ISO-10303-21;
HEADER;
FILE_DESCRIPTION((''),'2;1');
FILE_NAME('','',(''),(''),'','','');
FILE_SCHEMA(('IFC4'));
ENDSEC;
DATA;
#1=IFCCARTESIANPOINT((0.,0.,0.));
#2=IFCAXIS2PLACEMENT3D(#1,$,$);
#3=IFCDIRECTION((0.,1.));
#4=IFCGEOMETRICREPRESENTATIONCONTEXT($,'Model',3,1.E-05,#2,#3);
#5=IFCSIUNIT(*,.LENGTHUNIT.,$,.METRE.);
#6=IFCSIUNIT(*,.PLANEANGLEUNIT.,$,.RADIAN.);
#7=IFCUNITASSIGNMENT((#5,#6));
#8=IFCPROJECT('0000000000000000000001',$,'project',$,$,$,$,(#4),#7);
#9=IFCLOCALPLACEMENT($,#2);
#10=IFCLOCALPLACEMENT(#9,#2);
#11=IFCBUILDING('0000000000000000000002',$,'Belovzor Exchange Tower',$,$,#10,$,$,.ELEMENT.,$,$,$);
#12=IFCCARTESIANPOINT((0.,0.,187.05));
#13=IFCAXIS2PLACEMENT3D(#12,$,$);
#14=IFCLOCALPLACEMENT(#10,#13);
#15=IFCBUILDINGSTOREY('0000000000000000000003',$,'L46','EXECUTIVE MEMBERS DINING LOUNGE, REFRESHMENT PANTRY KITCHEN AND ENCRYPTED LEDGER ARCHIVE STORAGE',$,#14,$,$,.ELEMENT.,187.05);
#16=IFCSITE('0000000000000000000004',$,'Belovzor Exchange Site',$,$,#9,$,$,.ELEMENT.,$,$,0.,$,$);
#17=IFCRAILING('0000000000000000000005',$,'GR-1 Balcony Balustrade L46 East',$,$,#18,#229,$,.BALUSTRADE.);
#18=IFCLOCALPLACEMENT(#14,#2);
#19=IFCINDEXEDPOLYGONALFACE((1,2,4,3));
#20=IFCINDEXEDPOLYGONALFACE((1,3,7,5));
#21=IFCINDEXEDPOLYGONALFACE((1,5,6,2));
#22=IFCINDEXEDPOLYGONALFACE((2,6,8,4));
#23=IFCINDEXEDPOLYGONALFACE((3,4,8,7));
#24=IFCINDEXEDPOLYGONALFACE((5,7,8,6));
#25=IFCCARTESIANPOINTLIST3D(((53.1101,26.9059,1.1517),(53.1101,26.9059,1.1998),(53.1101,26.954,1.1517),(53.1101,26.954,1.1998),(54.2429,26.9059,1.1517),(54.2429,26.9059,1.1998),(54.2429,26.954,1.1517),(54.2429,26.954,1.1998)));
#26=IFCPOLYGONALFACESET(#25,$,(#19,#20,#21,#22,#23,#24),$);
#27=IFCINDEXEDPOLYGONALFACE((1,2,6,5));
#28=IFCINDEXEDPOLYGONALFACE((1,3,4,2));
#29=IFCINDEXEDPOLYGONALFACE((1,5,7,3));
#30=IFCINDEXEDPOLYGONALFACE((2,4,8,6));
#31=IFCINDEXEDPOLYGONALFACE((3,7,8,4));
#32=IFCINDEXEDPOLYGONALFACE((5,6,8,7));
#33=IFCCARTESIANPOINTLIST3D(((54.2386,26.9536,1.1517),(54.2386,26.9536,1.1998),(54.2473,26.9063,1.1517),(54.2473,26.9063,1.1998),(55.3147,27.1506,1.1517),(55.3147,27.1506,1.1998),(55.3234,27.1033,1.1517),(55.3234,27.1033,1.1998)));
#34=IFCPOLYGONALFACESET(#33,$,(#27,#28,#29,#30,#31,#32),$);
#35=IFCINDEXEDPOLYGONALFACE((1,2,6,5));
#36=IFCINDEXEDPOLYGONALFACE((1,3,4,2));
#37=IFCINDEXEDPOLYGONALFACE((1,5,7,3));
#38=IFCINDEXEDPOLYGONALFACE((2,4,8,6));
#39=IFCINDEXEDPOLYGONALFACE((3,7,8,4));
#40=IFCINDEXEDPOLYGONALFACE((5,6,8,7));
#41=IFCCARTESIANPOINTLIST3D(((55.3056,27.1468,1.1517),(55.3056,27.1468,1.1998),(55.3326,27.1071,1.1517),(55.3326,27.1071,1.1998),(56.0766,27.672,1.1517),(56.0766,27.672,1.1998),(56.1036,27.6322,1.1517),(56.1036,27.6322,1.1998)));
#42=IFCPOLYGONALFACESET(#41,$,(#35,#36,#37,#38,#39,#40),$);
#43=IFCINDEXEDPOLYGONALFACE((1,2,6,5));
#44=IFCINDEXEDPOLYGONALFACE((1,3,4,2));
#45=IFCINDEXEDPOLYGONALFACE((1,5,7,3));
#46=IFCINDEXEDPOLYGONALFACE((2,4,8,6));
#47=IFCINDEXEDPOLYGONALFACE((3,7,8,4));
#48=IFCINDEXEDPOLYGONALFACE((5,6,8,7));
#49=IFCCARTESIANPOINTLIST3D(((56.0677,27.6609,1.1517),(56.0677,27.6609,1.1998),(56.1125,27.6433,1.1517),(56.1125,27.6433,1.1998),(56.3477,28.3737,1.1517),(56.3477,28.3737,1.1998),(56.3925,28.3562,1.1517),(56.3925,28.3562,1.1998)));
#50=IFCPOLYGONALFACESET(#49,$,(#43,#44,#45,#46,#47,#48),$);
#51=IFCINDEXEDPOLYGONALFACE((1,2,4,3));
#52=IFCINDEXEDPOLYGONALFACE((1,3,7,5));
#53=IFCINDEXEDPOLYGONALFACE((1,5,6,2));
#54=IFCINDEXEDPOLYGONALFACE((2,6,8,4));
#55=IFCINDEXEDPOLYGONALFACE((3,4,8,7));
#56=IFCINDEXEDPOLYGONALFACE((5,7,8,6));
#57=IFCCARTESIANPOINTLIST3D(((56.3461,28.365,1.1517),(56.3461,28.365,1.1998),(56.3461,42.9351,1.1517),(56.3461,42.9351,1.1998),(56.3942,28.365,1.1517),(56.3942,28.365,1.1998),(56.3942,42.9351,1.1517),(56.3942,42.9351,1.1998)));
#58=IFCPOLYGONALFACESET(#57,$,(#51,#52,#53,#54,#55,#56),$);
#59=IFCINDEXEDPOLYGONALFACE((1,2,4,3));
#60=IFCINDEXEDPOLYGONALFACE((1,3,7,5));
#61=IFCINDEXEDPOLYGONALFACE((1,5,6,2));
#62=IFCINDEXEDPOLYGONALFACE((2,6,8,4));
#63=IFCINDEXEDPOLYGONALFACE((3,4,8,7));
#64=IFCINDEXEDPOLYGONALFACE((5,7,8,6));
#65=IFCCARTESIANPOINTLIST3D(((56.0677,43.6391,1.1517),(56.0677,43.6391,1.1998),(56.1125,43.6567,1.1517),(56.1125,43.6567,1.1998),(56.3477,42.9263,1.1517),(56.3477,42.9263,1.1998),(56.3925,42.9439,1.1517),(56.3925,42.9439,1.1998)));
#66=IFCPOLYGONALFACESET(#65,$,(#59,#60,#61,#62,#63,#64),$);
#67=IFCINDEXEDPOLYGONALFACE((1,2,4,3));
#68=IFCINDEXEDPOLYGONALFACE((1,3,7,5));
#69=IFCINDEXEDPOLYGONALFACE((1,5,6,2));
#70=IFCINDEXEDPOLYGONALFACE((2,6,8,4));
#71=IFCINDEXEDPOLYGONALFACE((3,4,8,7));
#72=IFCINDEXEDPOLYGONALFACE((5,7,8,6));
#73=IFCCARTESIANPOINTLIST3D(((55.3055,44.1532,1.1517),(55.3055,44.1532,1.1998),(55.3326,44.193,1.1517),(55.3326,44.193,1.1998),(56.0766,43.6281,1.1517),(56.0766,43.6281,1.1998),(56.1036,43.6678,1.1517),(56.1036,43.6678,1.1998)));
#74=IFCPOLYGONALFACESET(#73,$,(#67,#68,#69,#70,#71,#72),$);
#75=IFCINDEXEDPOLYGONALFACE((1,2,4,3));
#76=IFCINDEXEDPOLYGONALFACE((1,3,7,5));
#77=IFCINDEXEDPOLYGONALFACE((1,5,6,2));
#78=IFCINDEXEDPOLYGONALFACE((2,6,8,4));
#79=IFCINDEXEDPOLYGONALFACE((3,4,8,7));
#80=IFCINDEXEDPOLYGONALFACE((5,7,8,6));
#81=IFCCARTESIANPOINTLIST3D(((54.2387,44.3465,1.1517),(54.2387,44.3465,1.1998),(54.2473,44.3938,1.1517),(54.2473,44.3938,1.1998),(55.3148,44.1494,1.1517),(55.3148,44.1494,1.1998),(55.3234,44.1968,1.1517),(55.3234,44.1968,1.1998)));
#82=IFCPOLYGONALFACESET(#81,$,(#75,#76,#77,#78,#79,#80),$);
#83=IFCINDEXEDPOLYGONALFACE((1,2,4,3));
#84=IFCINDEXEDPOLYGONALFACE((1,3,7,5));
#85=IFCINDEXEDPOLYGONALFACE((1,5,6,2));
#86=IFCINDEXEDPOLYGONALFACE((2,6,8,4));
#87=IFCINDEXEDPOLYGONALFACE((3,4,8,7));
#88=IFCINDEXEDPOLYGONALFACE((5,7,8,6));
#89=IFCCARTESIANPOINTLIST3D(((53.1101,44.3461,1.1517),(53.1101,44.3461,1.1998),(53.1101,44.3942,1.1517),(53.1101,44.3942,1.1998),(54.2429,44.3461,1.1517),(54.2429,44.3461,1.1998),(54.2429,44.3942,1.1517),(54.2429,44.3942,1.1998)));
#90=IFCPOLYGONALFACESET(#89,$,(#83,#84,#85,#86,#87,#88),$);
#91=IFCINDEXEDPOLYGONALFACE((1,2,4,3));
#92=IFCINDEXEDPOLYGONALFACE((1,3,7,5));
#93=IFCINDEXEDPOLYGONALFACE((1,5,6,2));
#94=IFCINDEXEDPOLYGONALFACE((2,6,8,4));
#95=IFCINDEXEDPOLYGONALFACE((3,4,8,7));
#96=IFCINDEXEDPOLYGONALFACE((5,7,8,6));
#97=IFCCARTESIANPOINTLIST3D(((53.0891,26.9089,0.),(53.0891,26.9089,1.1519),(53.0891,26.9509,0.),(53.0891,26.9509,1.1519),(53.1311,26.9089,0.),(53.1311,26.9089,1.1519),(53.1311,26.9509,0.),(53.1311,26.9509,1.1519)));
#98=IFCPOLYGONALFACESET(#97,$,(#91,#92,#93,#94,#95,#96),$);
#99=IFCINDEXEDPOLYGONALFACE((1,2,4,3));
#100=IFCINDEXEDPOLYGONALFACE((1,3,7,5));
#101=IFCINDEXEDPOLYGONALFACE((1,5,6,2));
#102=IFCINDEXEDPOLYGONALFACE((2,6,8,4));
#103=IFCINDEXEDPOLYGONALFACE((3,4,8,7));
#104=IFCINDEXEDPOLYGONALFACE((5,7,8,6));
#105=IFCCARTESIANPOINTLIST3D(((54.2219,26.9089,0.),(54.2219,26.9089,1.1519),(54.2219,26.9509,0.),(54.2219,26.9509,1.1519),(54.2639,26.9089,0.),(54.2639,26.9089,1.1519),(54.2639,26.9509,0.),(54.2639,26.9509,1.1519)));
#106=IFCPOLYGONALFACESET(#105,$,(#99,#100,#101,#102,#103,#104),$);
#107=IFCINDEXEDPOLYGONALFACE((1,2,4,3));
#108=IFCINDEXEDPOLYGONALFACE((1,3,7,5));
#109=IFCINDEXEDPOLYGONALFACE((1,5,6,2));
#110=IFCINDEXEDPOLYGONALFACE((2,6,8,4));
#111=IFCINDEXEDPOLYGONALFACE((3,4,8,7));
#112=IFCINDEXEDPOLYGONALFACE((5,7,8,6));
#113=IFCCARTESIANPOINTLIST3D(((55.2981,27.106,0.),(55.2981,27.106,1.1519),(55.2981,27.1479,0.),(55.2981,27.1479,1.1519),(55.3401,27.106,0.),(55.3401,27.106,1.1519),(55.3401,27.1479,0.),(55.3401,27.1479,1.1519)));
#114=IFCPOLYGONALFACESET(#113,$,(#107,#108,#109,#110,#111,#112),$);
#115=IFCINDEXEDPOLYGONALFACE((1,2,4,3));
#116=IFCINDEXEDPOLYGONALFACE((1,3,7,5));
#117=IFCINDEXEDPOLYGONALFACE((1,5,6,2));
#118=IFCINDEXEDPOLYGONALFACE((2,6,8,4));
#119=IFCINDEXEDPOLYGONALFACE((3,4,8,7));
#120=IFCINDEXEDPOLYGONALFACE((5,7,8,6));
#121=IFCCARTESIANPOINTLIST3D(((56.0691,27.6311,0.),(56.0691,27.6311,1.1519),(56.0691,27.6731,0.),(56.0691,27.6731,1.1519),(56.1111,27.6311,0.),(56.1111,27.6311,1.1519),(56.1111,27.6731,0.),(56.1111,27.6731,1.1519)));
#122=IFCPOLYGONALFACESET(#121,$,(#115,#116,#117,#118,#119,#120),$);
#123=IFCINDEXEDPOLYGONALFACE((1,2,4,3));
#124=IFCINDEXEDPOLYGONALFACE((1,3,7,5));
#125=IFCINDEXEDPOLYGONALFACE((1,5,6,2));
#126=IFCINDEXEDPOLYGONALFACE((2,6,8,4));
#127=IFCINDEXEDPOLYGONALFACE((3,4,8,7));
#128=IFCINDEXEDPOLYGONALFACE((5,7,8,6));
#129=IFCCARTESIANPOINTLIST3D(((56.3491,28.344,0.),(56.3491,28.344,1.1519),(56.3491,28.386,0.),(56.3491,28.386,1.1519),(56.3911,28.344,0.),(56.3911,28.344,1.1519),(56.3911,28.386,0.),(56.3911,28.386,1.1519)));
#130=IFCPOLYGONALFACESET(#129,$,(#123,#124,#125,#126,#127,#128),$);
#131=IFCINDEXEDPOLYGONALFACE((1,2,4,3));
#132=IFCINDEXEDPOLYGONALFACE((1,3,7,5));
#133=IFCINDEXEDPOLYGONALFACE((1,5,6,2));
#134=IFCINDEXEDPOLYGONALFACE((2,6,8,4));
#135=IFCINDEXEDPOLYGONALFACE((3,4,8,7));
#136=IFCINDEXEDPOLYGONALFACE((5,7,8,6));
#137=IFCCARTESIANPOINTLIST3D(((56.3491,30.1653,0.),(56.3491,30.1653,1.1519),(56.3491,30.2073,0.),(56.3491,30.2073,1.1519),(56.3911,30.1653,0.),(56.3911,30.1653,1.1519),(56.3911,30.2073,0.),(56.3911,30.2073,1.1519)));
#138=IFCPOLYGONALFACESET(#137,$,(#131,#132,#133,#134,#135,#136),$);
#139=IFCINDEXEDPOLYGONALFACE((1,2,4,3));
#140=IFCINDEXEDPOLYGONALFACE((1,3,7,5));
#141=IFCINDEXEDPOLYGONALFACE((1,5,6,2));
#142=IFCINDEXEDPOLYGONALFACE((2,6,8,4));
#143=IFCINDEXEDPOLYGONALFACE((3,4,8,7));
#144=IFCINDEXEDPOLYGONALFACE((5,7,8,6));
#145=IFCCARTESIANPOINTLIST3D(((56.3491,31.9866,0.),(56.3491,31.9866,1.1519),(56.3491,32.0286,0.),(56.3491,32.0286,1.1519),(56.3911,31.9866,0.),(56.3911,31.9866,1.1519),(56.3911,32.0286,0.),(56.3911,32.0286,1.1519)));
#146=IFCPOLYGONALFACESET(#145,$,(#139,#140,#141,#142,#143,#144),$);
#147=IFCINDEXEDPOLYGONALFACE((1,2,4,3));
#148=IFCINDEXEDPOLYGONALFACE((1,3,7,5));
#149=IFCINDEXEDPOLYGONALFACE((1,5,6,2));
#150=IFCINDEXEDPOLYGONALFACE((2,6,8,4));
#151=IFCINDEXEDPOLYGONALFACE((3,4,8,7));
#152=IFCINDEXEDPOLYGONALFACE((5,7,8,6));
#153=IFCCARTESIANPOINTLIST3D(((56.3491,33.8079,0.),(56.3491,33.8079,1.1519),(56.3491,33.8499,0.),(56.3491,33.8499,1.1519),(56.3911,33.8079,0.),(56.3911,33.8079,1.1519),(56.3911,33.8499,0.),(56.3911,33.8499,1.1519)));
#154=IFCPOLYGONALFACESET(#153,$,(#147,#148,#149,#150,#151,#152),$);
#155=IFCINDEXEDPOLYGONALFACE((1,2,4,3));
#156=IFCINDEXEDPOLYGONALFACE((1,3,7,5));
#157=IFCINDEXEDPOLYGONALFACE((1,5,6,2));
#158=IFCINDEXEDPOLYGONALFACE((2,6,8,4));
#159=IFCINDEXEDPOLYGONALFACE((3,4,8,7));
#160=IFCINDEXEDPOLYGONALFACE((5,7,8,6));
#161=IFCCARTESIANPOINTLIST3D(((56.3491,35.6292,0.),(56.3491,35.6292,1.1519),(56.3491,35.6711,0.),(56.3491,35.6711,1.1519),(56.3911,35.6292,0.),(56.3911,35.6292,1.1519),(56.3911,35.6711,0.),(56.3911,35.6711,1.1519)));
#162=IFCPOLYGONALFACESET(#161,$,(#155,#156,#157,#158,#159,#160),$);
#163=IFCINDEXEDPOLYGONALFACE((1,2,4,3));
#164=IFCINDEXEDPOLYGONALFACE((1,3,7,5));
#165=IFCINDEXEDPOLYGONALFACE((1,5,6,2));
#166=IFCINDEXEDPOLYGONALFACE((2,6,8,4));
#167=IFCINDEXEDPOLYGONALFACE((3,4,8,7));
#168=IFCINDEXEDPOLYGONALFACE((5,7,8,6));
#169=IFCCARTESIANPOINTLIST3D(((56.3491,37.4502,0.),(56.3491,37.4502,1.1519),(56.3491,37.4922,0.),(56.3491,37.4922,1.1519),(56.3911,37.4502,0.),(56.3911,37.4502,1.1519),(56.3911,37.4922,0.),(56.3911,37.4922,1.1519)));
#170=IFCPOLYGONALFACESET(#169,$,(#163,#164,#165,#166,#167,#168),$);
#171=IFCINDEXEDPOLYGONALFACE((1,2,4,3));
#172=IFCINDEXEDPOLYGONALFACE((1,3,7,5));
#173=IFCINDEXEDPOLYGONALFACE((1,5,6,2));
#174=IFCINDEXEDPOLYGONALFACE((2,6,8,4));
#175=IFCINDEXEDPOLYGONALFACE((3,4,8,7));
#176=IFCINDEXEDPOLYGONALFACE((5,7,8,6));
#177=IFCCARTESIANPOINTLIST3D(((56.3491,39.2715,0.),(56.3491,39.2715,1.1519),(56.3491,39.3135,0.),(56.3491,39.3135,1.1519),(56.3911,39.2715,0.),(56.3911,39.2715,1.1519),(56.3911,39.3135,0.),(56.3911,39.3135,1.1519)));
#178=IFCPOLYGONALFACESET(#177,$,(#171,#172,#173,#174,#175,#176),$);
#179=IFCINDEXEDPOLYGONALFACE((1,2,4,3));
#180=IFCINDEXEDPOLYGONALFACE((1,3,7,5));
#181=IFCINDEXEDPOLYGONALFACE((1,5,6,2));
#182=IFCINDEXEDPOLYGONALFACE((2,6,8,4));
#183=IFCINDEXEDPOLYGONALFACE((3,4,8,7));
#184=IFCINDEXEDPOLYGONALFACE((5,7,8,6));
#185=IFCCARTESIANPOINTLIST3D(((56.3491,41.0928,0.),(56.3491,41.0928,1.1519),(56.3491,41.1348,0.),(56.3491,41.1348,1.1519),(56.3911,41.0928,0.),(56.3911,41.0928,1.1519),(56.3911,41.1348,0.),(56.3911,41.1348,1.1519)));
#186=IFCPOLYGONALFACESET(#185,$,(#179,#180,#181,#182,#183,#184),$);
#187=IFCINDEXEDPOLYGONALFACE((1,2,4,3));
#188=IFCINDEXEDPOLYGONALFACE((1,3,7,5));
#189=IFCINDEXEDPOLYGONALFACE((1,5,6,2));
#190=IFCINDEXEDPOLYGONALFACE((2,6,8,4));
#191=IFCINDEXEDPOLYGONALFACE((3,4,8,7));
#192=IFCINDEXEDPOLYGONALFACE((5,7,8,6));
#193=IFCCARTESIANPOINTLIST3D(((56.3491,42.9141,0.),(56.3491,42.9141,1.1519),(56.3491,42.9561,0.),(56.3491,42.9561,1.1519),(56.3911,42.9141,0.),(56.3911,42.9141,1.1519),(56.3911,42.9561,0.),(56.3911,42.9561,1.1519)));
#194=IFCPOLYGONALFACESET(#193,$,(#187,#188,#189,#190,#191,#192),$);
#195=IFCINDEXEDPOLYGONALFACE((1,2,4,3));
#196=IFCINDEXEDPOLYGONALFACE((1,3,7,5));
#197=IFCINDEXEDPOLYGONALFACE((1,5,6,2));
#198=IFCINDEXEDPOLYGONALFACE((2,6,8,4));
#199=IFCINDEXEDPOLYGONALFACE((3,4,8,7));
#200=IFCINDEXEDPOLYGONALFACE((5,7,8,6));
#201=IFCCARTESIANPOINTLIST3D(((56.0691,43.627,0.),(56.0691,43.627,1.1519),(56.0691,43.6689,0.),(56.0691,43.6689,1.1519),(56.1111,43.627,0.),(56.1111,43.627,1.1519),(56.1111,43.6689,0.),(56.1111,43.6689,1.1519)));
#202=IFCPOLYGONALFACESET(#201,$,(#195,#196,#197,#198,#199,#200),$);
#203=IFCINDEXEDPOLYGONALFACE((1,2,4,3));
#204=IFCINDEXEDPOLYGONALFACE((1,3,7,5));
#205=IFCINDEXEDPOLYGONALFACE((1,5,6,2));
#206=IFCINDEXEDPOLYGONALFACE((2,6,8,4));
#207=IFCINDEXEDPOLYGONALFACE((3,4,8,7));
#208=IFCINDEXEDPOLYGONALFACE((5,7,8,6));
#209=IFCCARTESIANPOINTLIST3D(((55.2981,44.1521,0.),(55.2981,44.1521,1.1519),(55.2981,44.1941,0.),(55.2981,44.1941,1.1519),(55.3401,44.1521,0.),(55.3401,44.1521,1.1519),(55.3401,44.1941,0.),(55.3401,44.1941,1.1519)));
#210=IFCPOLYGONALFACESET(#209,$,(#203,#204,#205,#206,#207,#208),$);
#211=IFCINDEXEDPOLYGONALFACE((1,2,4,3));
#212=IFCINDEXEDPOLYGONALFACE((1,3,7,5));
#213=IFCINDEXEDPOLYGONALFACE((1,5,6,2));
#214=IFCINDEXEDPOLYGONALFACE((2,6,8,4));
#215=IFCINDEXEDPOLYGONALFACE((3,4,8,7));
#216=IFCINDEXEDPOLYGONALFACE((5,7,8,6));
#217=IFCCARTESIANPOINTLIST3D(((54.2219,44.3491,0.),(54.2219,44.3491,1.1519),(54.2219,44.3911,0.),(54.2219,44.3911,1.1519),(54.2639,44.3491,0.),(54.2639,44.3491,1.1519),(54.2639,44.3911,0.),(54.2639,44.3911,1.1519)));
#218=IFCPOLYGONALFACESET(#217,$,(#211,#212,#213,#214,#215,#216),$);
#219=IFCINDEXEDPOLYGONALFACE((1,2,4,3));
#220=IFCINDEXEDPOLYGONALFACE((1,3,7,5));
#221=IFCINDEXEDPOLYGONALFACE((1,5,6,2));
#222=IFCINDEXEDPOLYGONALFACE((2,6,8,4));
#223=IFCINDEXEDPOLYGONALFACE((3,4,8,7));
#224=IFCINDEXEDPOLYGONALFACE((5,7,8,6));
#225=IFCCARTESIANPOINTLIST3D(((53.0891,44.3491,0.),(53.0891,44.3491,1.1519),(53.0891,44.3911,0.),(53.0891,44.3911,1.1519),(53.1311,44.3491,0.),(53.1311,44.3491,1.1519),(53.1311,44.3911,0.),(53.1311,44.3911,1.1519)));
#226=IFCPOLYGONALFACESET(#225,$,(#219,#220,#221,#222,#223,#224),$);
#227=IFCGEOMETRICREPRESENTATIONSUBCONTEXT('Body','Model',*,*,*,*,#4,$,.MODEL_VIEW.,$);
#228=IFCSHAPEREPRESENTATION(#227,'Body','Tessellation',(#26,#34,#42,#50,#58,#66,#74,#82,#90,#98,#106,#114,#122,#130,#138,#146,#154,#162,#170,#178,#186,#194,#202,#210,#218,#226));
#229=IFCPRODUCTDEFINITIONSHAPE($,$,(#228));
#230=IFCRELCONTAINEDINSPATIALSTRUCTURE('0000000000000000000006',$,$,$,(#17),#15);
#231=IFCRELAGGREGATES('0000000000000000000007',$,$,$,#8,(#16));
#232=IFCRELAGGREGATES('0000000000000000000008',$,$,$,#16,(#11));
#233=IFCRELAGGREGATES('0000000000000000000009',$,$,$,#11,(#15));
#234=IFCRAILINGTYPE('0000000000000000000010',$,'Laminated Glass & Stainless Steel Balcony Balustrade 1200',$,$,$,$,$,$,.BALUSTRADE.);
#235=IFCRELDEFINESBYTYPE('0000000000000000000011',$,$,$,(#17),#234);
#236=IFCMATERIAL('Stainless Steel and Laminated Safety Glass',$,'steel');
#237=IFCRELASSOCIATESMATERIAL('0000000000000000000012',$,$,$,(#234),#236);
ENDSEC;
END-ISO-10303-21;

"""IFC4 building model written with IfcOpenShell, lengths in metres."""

from ifc_helpers import new_model, si_unit, direction, frame, origin, origin_2d, place, context, subcontext, project, spatial, rectangle, extrude, material, type_object, element, save


model = new_model("IFC4")

# Units and contexts
model_context = context("Model", 3, precision=1e-05, world=origin(), true_north=direction((0.0, 1.0)))
body_context = subcontext(model_context, "Body", "Model", "MODEL_VIEW")
ifc_project = project(units=[si_unit("LENGTHUNIT", "METRE"), si_unit("PLANEANGLEUNIT", "RADIAN")], contexts=[model_context])

# Site, building, storey
site_placement = place(None, origin())
site = spatial("IfcSite", under=ifc_project, at=site_placement, Name="Belovzor Exchange Site", CompositionType="ELEMENT", RefElevation=0.0)
building_placement = place(site_placement, origin())
building = spatial("IfcBuilding", under=site, at=building_placement, Name="Belovzor Exchange Tower", CompositionType="ELEMENT")
storey_placement = place(building_placement, frame((0.0, 0.0, 187.05)))
storey = spatial("IfcBuildingStorey", under=building, at=storey_placement, Name="L46", Description="EXECUTIVE MEMBERS DINING LOUNGE, REFRESHMENT PANTRY KITCHEN AND ENCRYPTED LEDGER ARCHIVE STORAGE", CompositionType="ELEMENT", Elevation=187.05)

# Railing
ifc_material_1 = material(Name="Stainless Steel and Laminated Safety Glass", Category="steel")
railing_type = type_object("IfcRailingType", Name="Laminated Glass & Stainless Steel Balcony Balustrade 1200", PredefinedType="BALUSTRADE", material=ifc_material_1)
railing_placement = place(storey_placement, frame((53.1101, 26.9299, 0.0)))
element("IfcRailing", 1, at=railing_placement, inside=storey, type_object=railing_type, Name="GR-1 Balcony Balustrade L46 East", PredefinedType="BALUSTRADE", context=body_context, shape_type="SweptSolid", body=[
    extrude(rectangle(XDim=0.0481, YDim=0.0481, at=origin_2d()), frame((0.0, 0.0, 1.1758), z_axis=(1.0, 0.0, 0.0), x_axis=(0.0, 1.0, 0.0)), (0.0, 0.0, 1.0), 1.1328),
    extrude(rectangle(XDim=0.0481, YDim=0.0481, at=origin_2d()), frame((1.1328, 0.0, 1.1758), z_axis=(0.983651, 0.180083, 0.0), x_axis=(-0.180083, 0.983651, 0.0)), (0.0, 0.0, 1.0), 1.094),
    extrude(rectangle(XDim=0.0481, YDim=0.0481, at=origin_2d()), frame((2.209, 0.197, 1.1758), z_axis=(0.826493, 0.562947, 0.0), x_axis=(-0.562947, 0.826493, 0.0)), (0.0, 0.0, 1.0), 0.9329),
    extrude(rectangle(XDim=0.0481, YDim=0.0481, at=origin_2d()), frame((2.98, 0.7222, 1.1758), z_axis=(0.365613, 0.930767, 0.0), x_axis=(-0.930767, 0.365613, 0.0)), (0.0, 0.0, 1.0), 0.7659),
    extrude(rectangle(XDim=0.0481, YDim=0.0481, at=origin_2d()), frame((3.26, 1.4351, 1.1758), z_axis=(0.0, 1.0, 0.0), x_axis=(-1.0, 0.0, 0.0)), (0.0, 0.0, 1.0), 14.5701),
    extrude(rectangle(XDim=0.0481, YDim=0.0481, at=origin_2d()), frame((3.26, 16.0051, 1.1758), z_axis=(-0.365613, 0.930767, 0.0), x_axis=(-0.930767, -0.365613, 0.0)), (0.0, 0.0, 1.0), 0.7659),
    extrude(rectangle(XDim=0.0481, YDim=0.0481, at=origin_2d()), frame((2.98, 16.718, 1.1758), z_axis=(-0.826493, 0.562947, 0.0), x_axis=(-0.562947, -0.826493, 0.0)), (0.0, 0.0, 1.0), 0.9329),
    extrude(rectangle(XDim=0.0481, YDim=0.0481, at=origin_2d()), frame((2.209, 17.2432, 1.1758), z_axis=(-0.983651, 0.180083, 0.0), x_axis=(-0.180083, -0.983651, 0.0)), (0.0, 0.0, 1.0), 1.094),
    extrude(rectangle(XDim=0.0481, YDim=0.0481, at=origin_2d()), frame((1.1328, 17.4402, 1.1758), z_axis=(-1.0, 0.0, 0.0), x_axis=(0.0, -1.0, 0.0)), (0.0, 0.0, 1.0), 1.1328),
    extrude(rectangle(XDim=0.042, YDim=0.042, at=origin_2d()), origin(), (0.0, 0.0, 1.0), 1.1519),
    extrude(rectangle(XDim=0.042, YDim=0.042, at=origin_2d()), frame((1.1328, 0.0, 0.0)), (0.0, 0.0, 1.0), 1.1519),
    extrude(rectangle(XDim=0.042, YDim=0.042, at=origin_2d()), frame((2.209, 0.197, 0.0)), (0.0, 0.0, 1.0), 1.1519),
    extrude(rectangle(XDim=0.042, YDim=0.042, at=origin_2d()), frame((2.98, 0.7222, 0.0)), (0.0, 0.0, 1.0), 1.1519),
    extrude(rectangle(XDim=0.042, YDim=0.042, at=origin_2d()), frame((3.26, 1.4351, 0.0)), (0.0, 0.0, 1.0), 1.1519),
    extrude(rectangle(XDim=0.042, YDim=0.042, at=origin_2d()), frame((3.26, 3.2563, 0.0)), (0.0, 0.0, 1.0), 1.1519),
    extrude(rectangle(XDim=0.042, YDim=0.042, at=origin_2d()), frame((3.26, 5.0776, 0.0)), (0.0, 0.0, 1.0), 1.1519),
    extrude(rectangle(XDim=0.042, YDim=0.042, at=origin_2d()), frame((3.26, 6.8989, 0.0)), (0.0, 0.0, 1.0), 1.1519),
    extrude(rectangle(XDim=0.042, YDim=0.042, at=origin_2d()), frame((3.26, 8.7202, 0.0)), (0.0, 0.0, 1.0), 1.1519),
    extrude(rectangle(XDim=0.042, YDim=0.042, at=origin_2d()), frame((3.26, 10.5413, 0.0)), (0.0, 0.0, 1.0), 1.1519),
    extrude(rectangle(XDim=0.042, YDim=0.042, at=origin_2d()), frame((3.26, 12.3625, 0.0)), (0.0, 0.0, 1.0), 1.1519),
    extrude(rectangle(XDim=0.042, YDim=0.042, at=origin_2d()), frame((3.26, 14.1838, 0.0)), (0.0, 0.0, 1.0), 1.1519),
    extrude(rectangle(XDim=0.042, YDim=0.042, at=origin_2d()), frame((3.26, 16.0051, 0.0)), (0.0, 0.0, 1.0), 1.1519),
    extrude(rectangle(XDim=0.042, YDim=0.042, at=origin_2d()), frame((2.98, 16.718, 0.0)), (0.0, 0.0, 1.0), 1.1519),
    extrude(rectangle(XDim=0.042, YDim=0.042, at=origin_2d()), frame((2.209, 17.2432, 0.0)), (0.0, 0.0, 1.0), 1.1519),
    extrude(rectangle(XDim=0.042, YDim=0.042, at=origin_2d()), frame((1.1328, 17.4402, 0.0)), (0.0, 0.0, 1.0), 1.1519),
    extrude(rectangle(XDim=0.042, YDim=0.042, at=origin_2d()), frame((0.0, 17.4402, 0.0)), (0.0, 0.0, 1.0), 1.1519),
])

save(model, "model.ifc")
